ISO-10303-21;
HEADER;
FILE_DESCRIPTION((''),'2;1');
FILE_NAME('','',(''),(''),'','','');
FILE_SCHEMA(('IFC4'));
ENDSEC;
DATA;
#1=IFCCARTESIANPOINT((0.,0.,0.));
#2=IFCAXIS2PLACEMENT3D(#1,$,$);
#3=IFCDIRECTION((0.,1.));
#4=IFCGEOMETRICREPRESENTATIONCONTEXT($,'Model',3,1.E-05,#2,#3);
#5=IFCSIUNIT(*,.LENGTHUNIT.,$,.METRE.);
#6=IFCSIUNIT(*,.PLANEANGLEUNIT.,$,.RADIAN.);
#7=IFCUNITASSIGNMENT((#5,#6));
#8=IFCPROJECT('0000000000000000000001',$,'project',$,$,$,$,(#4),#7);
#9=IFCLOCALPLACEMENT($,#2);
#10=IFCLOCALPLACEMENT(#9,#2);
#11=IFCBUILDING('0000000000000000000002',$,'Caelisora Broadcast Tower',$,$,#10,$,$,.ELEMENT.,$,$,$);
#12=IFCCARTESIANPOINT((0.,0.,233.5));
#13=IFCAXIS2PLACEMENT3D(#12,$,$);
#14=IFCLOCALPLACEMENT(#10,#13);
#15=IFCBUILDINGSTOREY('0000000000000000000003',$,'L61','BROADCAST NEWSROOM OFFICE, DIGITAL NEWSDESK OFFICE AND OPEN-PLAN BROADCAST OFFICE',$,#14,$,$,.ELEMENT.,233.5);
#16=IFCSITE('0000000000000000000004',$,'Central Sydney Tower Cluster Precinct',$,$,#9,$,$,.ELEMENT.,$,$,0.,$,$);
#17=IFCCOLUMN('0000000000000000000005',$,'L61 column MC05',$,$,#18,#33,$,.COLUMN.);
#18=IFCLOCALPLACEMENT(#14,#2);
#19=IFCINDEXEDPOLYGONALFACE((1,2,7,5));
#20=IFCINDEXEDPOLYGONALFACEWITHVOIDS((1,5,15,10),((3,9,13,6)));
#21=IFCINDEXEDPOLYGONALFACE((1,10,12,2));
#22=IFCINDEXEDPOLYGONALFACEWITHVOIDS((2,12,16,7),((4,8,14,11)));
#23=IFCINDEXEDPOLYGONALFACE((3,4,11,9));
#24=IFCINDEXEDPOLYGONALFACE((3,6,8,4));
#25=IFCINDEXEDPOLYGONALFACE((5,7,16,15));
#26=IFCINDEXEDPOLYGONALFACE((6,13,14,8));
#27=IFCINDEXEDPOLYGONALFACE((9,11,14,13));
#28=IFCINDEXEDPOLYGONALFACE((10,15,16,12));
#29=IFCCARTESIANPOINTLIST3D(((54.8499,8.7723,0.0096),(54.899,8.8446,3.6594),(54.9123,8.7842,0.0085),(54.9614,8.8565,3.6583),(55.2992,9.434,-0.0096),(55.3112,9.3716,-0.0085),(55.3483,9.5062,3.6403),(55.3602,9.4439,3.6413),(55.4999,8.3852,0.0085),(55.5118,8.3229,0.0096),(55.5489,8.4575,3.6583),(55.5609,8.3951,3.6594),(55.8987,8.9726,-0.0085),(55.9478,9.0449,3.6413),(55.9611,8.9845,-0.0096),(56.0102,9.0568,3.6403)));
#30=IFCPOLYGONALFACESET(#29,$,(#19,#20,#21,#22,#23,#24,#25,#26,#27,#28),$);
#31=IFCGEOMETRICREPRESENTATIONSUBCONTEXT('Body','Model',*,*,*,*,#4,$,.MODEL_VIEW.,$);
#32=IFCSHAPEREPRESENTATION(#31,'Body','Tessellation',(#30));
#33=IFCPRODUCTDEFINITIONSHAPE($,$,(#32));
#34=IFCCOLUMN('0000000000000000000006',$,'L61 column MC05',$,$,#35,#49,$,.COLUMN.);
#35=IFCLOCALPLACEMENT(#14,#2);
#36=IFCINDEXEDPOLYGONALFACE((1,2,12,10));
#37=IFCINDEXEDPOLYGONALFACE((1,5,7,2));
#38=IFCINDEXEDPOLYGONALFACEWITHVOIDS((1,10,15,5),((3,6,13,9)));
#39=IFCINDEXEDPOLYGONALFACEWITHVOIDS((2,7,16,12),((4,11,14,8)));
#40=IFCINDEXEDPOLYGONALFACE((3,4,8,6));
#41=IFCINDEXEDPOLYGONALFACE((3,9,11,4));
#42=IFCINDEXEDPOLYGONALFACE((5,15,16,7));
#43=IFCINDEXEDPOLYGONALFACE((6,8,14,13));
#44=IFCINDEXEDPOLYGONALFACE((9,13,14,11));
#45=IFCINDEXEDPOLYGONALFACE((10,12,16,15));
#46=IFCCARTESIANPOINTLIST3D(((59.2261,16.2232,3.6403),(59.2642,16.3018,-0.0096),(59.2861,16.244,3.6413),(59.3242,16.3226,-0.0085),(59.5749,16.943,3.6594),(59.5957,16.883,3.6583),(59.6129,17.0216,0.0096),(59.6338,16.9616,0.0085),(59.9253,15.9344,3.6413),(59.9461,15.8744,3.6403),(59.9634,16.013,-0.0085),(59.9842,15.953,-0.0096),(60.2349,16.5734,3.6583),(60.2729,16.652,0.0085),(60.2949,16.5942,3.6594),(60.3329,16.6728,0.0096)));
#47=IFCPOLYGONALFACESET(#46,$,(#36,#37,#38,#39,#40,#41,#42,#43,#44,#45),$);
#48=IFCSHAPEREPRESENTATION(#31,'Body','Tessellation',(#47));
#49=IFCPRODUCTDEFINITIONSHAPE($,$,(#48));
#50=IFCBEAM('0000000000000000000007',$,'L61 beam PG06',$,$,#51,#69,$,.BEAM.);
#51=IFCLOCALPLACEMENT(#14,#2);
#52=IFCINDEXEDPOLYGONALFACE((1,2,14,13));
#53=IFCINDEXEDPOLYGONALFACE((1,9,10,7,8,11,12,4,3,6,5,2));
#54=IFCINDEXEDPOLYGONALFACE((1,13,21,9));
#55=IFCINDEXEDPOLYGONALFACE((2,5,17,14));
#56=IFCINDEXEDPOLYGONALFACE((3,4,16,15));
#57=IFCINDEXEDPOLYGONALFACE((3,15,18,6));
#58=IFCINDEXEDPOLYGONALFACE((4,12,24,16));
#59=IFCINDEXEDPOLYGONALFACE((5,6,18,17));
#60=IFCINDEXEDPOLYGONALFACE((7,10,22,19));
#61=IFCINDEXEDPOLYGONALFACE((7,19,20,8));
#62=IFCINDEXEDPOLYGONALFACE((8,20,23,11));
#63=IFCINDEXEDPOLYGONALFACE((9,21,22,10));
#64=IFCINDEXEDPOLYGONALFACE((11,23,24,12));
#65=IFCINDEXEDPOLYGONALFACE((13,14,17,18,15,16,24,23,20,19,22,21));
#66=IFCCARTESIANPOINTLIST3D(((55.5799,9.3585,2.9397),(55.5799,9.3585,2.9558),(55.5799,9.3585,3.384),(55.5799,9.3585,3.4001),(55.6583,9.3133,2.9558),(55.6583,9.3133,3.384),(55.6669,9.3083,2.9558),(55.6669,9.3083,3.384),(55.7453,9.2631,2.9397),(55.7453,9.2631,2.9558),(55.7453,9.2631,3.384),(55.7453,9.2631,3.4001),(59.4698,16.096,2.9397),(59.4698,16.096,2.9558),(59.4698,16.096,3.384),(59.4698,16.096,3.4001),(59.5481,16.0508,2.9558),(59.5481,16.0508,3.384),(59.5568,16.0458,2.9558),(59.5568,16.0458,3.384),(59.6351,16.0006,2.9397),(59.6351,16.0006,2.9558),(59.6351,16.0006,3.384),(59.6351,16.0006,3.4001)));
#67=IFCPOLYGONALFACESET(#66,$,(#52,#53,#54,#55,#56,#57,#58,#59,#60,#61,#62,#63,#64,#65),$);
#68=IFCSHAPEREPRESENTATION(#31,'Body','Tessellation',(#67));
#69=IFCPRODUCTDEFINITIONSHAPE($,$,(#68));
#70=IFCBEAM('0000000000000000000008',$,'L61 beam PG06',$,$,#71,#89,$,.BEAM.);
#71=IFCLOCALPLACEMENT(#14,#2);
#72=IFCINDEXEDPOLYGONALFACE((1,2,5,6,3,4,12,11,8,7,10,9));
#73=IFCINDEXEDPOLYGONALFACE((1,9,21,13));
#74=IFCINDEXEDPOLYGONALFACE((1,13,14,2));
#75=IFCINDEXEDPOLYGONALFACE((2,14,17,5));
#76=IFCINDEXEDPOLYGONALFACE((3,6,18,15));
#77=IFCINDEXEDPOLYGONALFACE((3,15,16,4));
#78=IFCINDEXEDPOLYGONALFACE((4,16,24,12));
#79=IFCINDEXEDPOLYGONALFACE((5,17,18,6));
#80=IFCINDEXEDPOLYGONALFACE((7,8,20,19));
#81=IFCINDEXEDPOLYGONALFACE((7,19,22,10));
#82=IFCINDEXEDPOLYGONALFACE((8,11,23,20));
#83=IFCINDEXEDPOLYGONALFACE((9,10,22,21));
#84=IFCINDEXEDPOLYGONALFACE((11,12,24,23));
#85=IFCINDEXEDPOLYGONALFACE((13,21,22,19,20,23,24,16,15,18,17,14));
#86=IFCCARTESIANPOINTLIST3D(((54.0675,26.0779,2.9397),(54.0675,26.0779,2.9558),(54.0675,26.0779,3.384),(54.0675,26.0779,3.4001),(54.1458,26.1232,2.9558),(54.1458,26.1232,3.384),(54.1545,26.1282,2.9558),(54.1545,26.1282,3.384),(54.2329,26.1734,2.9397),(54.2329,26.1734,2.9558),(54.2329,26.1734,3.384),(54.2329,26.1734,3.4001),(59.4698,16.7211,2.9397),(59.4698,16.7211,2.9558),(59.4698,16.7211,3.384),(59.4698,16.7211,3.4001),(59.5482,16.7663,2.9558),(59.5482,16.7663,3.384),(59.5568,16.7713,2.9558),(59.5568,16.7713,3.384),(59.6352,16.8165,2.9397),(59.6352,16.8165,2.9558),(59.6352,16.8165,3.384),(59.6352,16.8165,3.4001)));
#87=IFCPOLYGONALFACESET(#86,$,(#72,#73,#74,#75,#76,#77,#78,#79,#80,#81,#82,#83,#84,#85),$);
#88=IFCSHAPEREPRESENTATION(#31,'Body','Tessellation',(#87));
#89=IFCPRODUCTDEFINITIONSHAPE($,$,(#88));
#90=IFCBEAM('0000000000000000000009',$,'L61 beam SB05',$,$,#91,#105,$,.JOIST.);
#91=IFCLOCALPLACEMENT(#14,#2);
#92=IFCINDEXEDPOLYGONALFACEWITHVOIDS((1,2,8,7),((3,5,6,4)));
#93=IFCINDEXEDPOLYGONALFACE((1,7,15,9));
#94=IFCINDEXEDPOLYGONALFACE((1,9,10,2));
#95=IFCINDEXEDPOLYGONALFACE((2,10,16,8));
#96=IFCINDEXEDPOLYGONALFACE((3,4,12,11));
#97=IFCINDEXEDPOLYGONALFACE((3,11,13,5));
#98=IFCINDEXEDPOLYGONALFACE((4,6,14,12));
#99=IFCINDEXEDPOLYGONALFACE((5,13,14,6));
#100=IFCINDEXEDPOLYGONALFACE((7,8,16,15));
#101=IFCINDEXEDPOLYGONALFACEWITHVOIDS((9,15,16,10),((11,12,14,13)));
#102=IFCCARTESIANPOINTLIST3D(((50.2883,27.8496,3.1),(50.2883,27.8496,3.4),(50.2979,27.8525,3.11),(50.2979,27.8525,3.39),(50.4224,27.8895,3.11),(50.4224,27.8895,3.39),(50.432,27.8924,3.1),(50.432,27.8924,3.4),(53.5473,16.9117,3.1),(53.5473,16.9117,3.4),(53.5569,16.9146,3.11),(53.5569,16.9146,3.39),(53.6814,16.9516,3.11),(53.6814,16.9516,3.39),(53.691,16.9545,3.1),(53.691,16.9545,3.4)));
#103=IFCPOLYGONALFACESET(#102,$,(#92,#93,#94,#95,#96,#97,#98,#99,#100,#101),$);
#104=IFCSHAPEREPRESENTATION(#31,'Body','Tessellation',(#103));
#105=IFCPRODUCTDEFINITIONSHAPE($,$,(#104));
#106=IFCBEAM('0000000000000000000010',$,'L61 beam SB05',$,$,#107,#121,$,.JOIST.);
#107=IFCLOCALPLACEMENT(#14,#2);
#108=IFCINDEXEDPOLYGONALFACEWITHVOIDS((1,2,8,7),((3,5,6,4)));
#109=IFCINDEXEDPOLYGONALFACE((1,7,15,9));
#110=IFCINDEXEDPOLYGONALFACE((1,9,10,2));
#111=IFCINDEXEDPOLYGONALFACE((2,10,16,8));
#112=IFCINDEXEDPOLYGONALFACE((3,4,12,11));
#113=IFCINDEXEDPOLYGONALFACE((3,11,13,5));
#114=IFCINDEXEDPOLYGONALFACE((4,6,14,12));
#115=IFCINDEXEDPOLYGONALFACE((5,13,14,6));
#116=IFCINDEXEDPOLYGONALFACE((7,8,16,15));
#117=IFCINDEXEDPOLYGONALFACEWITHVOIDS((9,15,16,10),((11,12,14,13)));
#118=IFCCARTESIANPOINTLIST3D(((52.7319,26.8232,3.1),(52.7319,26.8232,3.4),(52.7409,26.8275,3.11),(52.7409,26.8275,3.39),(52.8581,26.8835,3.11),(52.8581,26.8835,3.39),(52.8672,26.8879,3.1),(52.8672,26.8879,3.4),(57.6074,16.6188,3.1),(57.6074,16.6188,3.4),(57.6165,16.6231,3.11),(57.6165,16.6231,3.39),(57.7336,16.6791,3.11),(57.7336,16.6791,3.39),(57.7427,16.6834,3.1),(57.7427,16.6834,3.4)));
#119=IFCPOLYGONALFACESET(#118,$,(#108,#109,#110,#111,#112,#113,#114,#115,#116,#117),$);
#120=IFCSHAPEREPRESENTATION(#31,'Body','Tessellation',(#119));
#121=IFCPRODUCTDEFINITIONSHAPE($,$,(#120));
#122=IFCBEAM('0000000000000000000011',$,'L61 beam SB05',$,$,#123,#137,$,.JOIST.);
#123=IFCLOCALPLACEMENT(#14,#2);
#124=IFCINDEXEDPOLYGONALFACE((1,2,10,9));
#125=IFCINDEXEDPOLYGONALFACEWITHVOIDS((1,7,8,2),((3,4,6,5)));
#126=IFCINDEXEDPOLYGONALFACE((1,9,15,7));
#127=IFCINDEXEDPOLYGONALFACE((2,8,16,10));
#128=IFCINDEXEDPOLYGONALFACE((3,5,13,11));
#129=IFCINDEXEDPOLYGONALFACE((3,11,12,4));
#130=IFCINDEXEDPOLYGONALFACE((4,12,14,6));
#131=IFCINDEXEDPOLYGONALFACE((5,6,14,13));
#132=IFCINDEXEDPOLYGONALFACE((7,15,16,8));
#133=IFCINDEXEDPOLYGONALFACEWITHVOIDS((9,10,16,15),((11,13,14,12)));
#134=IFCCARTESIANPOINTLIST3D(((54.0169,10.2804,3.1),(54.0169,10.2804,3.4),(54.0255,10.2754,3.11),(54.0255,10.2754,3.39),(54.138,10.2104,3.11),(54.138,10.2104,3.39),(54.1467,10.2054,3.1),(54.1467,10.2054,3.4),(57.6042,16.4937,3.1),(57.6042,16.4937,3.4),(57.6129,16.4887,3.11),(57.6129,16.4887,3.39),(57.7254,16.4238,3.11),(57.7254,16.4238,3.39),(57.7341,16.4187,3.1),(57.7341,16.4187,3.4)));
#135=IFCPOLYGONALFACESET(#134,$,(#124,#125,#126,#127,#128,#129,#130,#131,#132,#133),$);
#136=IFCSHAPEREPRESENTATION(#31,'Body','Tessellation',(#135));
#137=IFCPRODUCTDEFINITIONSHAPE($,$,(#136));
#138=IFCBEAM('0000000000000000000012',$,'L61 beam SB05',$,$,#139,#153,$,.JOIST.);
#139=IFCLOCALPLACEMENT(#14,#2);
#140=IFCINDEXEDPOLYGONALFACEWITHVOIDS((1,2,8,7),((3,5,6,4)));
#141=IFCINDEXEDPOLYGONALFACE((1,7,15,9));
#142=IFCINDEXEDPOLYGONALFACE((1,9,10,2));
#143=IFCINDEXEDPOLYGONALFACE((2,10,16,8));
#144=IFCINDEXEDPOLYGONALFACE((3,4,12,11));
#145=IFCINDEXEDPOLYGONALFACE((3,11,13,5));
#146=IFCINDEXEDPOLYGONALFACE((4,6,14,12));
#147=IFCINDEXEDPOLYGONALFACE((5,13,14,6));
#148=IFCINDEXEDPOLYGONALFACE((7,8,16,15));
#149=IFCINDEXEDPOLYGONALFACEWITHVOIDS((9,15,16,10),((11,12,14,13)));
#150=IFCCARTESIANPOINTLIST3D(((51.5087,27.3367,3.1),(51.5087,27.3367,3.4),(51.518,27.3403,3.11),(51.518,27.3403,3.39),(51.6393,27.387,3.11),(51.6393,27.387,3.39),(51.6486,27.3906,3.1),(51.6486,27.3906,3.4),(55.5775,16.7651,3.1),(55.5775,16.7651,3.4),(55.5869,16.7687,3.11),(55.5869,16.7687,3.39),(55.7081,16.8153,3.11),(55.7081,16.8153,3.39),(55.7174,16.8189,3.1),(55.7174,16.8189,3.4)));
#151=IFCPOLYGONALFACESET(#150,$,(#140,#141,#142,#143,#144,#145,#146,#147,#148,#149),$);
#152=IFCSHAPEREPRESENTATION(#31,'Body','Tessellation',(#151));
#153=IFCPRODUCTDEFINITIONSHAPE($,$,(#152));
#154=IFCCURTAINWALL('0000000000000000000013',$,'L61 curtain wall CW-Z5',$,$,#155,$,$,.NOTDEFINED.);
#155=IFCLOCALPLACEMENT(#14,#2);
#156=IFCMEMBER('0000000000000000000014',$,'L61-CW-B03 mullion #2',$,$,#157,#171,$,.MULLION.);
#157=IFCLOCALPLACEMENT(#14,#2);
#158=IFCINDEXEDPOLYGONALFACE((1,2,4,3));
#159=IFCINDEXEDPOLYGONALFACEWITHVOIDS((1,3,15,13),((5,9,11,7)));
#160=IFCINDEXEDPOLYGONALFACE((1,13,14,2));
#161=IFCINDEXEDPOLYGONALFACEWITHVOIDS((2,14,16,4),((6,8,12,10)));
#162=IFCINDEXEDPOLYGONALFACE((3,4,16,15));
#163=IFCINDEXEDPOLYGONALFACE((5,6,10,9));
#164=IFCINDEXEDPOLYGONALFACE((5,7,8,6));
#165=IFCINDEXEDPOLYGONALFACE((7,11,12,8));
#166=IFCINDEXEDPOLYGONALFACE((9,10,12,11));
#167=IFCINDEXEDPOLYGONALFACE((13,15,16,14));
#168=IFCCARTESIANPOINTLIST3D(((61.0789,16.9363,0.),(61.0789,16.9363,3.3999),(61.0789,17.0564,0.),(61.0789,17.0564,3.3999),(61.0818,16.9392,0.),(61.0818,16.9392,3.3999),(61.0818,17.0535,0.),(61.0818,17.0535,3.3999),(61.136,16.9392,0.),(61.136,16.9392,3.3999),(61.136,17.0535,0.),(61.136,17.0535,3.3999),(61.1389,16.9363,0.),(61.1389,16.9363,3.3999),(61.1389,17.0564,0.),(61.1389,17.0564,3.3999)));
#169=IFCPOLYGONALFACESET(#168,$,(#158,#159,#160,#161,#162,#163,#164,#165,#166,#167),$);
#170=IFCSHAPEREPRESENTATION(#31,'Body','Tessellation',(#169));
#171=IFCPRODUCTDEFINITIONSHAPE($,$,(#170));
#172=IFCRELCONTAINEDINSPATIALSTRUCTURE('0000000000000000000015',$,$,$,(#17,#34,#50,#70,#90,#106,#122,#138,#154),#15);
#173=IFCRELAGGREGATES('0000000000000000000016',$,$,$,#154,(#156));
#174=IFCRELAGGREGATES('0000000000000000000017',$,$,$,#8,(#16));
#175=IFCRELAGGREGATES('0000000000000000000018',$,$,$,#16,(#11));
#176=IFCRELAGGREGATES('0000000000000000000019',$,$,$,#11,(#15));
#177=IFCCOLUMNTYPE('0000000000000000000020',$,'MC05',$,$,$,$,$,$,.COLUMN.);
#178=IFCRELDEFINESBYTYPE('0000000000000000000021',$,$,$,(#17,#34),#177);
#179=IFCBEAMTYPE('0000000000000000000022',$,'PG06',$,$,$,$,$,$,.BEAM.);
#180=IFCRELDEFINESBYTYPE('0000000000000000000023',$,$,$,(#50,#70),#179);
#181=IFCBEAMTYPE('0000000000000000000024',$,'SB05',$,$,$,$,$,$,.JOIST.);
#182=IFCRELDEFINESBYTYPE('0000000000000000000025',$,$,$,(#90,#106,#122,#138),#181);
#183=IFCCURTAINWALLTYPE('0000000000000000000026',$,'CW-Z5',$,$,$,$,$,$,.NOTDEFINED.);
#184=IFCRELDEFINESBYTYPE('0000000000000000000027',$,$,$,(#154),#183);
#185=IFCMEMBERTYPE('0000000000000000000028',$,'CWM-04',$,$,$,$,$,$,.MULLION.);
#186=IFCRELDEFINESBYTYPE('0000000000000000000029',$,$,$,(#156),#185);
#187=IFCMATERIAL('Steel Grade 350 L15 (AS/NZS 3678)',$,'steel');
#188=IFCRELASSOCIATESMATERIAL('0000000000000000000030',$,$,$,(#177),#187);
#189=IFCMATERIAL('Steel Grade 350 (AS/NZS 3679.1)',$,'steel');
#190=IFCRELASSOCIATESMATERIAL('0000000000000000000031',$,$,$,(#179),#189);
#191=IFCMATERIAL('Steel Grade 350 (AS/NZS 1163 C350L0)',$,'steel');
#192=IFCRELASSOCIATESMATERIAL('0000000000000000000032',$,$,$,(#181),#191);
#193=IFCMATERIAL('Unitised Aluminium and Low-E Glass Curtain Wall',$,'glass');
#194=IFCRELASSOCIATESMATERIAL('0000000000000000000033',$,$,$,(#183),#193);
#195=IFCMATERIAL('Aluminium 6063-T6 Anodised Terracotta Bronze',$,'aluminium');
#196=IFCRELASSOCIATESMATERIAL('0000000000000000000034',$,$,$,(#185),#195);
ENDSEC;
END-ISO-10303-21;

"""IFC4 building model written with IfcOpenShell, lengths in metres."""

from ifc_helpers import new_model, si_unit, direction, frame, origin, origin_2d, place, context, subcontext, project, spatial, hollow_rectangle, i_section, extrude, source, transform, mapped, material, material_profile, profile_set, type_object, type_shapes, element, aggregate, save


model = new_model("IFC4")

# Units and contexts
model_context = context("Model", 3, precision=1e-05, world=origin(), true_north=direction((0.0, 1.0)))
body_context = subcontext(model_context, "Body", "Model", "MODEL_VIEW")
ifc_project = project(units=[si_unit("LENGTHUNIT", "METRE"), si_unit("PLANEANGLEUNIT", "RADIAN")], contexts=[model_context])

# Site, building, storey
site_placement = place(None, origin())
site = spatial("IfcSite", under=ifc_project, at=site_placement, Name="Central Sydney Tower Cluster Precinct", CompositionType="ELEMENT", RefElevation=0.0)
building_placement = place(site_placement, origin())
building = spatial("IfcBuilding", under=site, at=building_placement, Name="Caelisora Broadcast Tower", CompositionType="ELEMENT")
storey_placement = place(building_placement, frame((0.0, 0.0, 233.5)))
storey = spatial("IfcBuildingStorey", under=building, at=storey_placement, Name="L61", Description="BROADCAST NEWSROOM OFFICE, DIGITAL NEWSDESK OFFICE AND OPEN-PLAN BROADCAST OFFICE", CompositionType="ELEMENT", Elevation=233.5)

# Columns
ifc_material_1 = material(Name="Steel Grade 350 L15 (AS/NZS 3678)", Category="steel")
ifc_material_profile_1 = material_profile(ifc_material_1, hollow_rectangle(XDim=0.8, YDim=0.8, WallThickness=0.0449, at=origin_2d()), Name="Steel Grade 350 L15 (AS/NZS 3678)")
ifc_profile_set_1 = profile_set([ifc_material_profile_1], Name="Steel Grade 350 L15 (AS/NZS 3678)")
column_type = type_object("IfcColumnType", Name="MC05", PredefinedType="COLUMN", material=ifc_profile_set_1)
shared_shape_1 = source(origin(), body_context, "Body", "SweptSolid", [
    extrude(hollow_rectangle(XDim=0.8, YDim=0.8, WallThickness=0.0449, at=origin_2d()), origin(), (0.0, 0.0, 1.0), 3.6509),
])
type_shapes(column_type, [shared_shape_1])
for number, where, z_axis, x_axis, name in (
    (1, (55.4055, 8.8784, 0.0), (0.013441, 0.019794, 0.999714), (-0.82729, 0.561775, 0.0), "L61 column MC05"),
    (2, (59.7986, 16.4873, 0.0), (-0.010432, -0.021532, 0.999714), (0.899947, -0.435999, 0.0), "L61 column MC05"),
):
    element("IfcColumn", number, at=place(storey_placement, frame(where, z_axis=z_axis, x_axis=x_axis)), inside=storey, type_object=column_type, Name=name, PredefinedType="COLUMN", context=body_context, shape_type="MappedRepresentation", body=[
        mapped(shared_shape_1, transform((0.0, 0.0, 0.0), scale=1.0)),
    ])

# Beams
ifc_material_2 = material(Name="Steel Grade 350 (AS/NZS 3679.1)", Category="steel")
ifc_material_profile_2 = material_profile(ifc_material_2, i_section(OverallWidth=0.1909, OverallDepth=0.4604, WebThickness=0.01, FlangeThickness=0.0161, at=origin_2d()), Name="Steel Grade 350 (AS/NZS 3679.1)")
ifc_profile_set_2 = profile_set([ifc_material_profile_2], Name="Steel Grade 350 (AS/NZS 3679.1)")
beam_type_1 = type_object("IfcBeamType", Name="PG06", PredefinedType="BEAM", material=ifc_profile_set_2)
shared_shape_2 = source(origin(), body_context, "Body", "SweptSolid", [
    extrude(i_section(OverallWidth=0.1909, OverallDepth=0.4604, WebThickness=0.01, FlangeThickness=0.0161, at=origin_2d()), origin(), (0.0, 0.0, 1.0), 7.7798),
])
beam_1_placement = place(storey_placement, frame((55.6626, 9.3108, 3.1699), z_axis=(0.499997, 0.866027, 0.0), x_axis=(-0.866027, 0.499997, 0.0)))
element("IfcBeam", 3, at=beam_1_placement, inside=storey, type_object=beam_type_1, Name="L61 beam PG06", PredefinedType="BEAM", context=body_context, shape_type="MappedRepresentation", body=[
    mapped(shared_shape_2, transform((0.0, 0.0, 0.0), scale=1.0)),
])
shared_shape_3 = source(origin(), body_context, "Body", "SweptSolid", [
    extrude(i_section(OverallWidth=0.1909, OverallDepth=0.4604, WebThickness=0.01, FlangeThickness=0.0161, at=origin_2d()), origin(), (0.0, 0.0, 1.0), 10.8044),
])
type_shapes(beam_type_1, [shared_shape_2, shared_shape_3])
beam_2_placement = place(storey_placement, frame((59.5525, 16.7688, 3.1699), z_axis=(-0.500008, 0.866021, 0.0), x_axis=(-0.866021, -0.500008, 0.0)))
element("IfcBeam", 4, at=beam_2_placement, inside=storey, type_object=beam_type_1, Name="L61 beam PG06", PredefinedType="BEAM", context=body_context, shape_type="MappedRepresentation", body=[
    mapped(shared_shape_3, transform((0.0, 0.0, 0.0), scale=1.0)),
])
ifc_material_3 = material(Name="Steel Grade 350 (AS/NZS 1163 C350L0)", Category="steel")
ifc_material_profile_3 = material_profile(ifc_material_3, hollow_rectangle(XDim=0.1499, YDim=0.3, WallThickness=0.01, at=origin_2d()), Name="Steel Grade 350 (AS/NZS 1163 C350L0)")
ifc_profile_set_3 = profile_set([ifc_material_profile_3], Name="Steel Grade 350 (AS/NZS 1163 C350L0)")
beam_type_2 = type_object("IfcBeamType", Name="SB05", PredefinedType="JOIST", material=ifc_profile_set_3)
shared_shape_4 = source(origin(), body_context, "Body", "SweptSolid", [
    extrude(hollow_rectangle(XDim=0.1499, YDim=0.3, WallThickness=0.01, at=origin_2d()), origin(), (0.0, 0.0, 1.0), 11.4131),
])
beam_3_placement = place(storey_placement, frame((53.6191, 16.9331, 3.25), z_axis=(-0.28555, 0.958364, 0.0), x_axis=(-0.958364, -0.28555, 0.0)))
element("IfcBeam", 5, at=beam_3_placement, inside=storey, type_object=beam_type_2, Name="L61 beam SB05", PredefinedType="JOIST", context=body_context, shape_type="MappedRepresentation", body=[
    mapped(shared_shape_4, transform((0.0, 0.0, 0.0), scale=1.0)),
])
shared_shape_5 = source(origin(), body_context, "Body", "SweptSolid", [
    extrude(hollow_rectangle(XDim=0.1499, YDim=0.3, WallThickness=0.01, at=origin_2d()), origin(), (0.0, 0.0, 1.0), 11.3093),
])
beam_4_placement = place(storey_placement, frame((57.675, 16.6511, 3.25), z_axis=(-0.431106, 0.902301, 0.0), x_axis=(-0.902301, -0.431106, 0.0)))
element("IfcBeam", 6, at=beam_4_placement, inside=storey, type_object=beam_type_2, Name="L61 beam SB05", PredefinedType="JOIST", context=body_context, shape_type="MappedRepresentation", body=[
    mapped(shared_shape_5, transform((0.0, 0.0, 0.0), scale=1.0)),
])
shared_shape_6 = source(origin(), body_context, "Body", "SweptSolid", [
    extrude(hollow_rectangle(XDim=0.1499, YDim=0.3, WallThickness=0.01, at=origin_2d()), origin(), (0.0, 0.0, 1.0), 7.1746),
])
beam_5_placement = place(storey_placement, frame((54.0818, 10.2429, 3.25), z_axis=(0.500011, 0.866019, 0.0), x_axis=(-0.866019, 0.500011, 0.0)))
element("IfcBeam", 7, at=beam_5_placement, inside=storey, type_object=beam_type_2, Name="L61 beam SB05", PredefinedType="JOIST", context=body_context, shape_type="MappedRepresentation", body=[
    mapped(shared_shape_6, transform((0.0, 0.0, 0.0), scale=1.0)),
])
shared_shape_7 = source(origin(), body_context, "Body", "SweptSolid", [
    extrude(hollow_rectangle(XDim=0.1499, YDim=0.3, WallThickness=0.01, at=origin_2d()), origin(), (0.0, 0.0, 1.0), 11.3276),
])
type_shapes(beam_type_2, [shared_shape_4, shared_shape_5, shared_shape_6, shared_shape_7])
beam_6_placement = place(storey_placement, frame((55.6475, 16.792, 3.25), z_axis=(-0.359193, 0.933263, 0.0), x_axis=(-0.933263, -0.359193, 0.0)))
element("IfcBeam", 8, at=beam_6_placement, inside=storey, type_object=beam_type_2, Name="L61 beam SB05", PredefinedType="JOIST", context=body_context, shape_type="MappedRepresentation", body=[
    mapped(shared_shape_7, transform((0.0, 0.0, 0.0), scale=1.0)),
])

# Curtain wall, member
ifc_material_4 = material(Name="Unitised Aluminium and Low-E Glass Curtain Wall", Category="glass")
curtain_wall_type = type_object("IfcCurtainWallType", Name="CW-Z5", PredefinedType="NOTDEFINED", material=ifc_material_4)
curtain_wall_1_placement = place(storey_placement, origin())
curtain_wall_1 = element("IfcCurtainWall", 9, at=curtain_wall_1_placement, inside=storey, type_object=curtain_wall_type, Name="L61 curtain wall CW-Z5", PredefinedType="NOTDEFINED")
ifc_material_5 = material(Name="Aluminium 6063-T6 Anodised Terracotta Bronze", Category="aluminium")
ifc_material_profile_4 = material_profile(ifc_material_5, hollow_rectangle(XDim=0.0601, YDim=0.1201, WallThickness=0.0029, at=origin_2d()), Name="Aluminium 6063-T6 Anodised Terracotta Bronze")
ifc_profile_set_4 = profile_set([ifc_material_profile_4], Name="Aluminium 6063-T6 Anodised Terracotta Bronze")
member_type_1 = type_object("IfcMemberType", Name="CWM-04", PredefinedType="MULLION", material=ifc_profile_set_4)
shared_shape_8 = source(origin(), body_context, "Body", "SweptSolid", [
    extrude(hollow_rectangle(XDim=0.0601, YDim=0.1201, WallThickness=0.0029, at=origin_2d()), origin(), (0.0, 0.0, 1.0), 3.3999),
])
type_shapes(member_type_1, [shared_shape_8])
member_1_placement = place(storey_placement, frame((61.1089, 16.9963, 0.0), z_axis=(0.0, 0.0, 1.0), x_axis=(1.0, 0.0, 0.0)))
member_1 = element("IfcMember", 10, at=member_1_placement, type_object=member_type_1, Name="L61-CW-B03 mullion #2", PredefinedType="MULLION", context=body_context, shape_type="MappedRepresentation", body=[
    mapped(shared_shape_8, transform((0.0, 0.0, 0.0), scale=1.0)),
])

aggregate(curtain_wall_1, [member_1])

save(model, "model.ifc")
